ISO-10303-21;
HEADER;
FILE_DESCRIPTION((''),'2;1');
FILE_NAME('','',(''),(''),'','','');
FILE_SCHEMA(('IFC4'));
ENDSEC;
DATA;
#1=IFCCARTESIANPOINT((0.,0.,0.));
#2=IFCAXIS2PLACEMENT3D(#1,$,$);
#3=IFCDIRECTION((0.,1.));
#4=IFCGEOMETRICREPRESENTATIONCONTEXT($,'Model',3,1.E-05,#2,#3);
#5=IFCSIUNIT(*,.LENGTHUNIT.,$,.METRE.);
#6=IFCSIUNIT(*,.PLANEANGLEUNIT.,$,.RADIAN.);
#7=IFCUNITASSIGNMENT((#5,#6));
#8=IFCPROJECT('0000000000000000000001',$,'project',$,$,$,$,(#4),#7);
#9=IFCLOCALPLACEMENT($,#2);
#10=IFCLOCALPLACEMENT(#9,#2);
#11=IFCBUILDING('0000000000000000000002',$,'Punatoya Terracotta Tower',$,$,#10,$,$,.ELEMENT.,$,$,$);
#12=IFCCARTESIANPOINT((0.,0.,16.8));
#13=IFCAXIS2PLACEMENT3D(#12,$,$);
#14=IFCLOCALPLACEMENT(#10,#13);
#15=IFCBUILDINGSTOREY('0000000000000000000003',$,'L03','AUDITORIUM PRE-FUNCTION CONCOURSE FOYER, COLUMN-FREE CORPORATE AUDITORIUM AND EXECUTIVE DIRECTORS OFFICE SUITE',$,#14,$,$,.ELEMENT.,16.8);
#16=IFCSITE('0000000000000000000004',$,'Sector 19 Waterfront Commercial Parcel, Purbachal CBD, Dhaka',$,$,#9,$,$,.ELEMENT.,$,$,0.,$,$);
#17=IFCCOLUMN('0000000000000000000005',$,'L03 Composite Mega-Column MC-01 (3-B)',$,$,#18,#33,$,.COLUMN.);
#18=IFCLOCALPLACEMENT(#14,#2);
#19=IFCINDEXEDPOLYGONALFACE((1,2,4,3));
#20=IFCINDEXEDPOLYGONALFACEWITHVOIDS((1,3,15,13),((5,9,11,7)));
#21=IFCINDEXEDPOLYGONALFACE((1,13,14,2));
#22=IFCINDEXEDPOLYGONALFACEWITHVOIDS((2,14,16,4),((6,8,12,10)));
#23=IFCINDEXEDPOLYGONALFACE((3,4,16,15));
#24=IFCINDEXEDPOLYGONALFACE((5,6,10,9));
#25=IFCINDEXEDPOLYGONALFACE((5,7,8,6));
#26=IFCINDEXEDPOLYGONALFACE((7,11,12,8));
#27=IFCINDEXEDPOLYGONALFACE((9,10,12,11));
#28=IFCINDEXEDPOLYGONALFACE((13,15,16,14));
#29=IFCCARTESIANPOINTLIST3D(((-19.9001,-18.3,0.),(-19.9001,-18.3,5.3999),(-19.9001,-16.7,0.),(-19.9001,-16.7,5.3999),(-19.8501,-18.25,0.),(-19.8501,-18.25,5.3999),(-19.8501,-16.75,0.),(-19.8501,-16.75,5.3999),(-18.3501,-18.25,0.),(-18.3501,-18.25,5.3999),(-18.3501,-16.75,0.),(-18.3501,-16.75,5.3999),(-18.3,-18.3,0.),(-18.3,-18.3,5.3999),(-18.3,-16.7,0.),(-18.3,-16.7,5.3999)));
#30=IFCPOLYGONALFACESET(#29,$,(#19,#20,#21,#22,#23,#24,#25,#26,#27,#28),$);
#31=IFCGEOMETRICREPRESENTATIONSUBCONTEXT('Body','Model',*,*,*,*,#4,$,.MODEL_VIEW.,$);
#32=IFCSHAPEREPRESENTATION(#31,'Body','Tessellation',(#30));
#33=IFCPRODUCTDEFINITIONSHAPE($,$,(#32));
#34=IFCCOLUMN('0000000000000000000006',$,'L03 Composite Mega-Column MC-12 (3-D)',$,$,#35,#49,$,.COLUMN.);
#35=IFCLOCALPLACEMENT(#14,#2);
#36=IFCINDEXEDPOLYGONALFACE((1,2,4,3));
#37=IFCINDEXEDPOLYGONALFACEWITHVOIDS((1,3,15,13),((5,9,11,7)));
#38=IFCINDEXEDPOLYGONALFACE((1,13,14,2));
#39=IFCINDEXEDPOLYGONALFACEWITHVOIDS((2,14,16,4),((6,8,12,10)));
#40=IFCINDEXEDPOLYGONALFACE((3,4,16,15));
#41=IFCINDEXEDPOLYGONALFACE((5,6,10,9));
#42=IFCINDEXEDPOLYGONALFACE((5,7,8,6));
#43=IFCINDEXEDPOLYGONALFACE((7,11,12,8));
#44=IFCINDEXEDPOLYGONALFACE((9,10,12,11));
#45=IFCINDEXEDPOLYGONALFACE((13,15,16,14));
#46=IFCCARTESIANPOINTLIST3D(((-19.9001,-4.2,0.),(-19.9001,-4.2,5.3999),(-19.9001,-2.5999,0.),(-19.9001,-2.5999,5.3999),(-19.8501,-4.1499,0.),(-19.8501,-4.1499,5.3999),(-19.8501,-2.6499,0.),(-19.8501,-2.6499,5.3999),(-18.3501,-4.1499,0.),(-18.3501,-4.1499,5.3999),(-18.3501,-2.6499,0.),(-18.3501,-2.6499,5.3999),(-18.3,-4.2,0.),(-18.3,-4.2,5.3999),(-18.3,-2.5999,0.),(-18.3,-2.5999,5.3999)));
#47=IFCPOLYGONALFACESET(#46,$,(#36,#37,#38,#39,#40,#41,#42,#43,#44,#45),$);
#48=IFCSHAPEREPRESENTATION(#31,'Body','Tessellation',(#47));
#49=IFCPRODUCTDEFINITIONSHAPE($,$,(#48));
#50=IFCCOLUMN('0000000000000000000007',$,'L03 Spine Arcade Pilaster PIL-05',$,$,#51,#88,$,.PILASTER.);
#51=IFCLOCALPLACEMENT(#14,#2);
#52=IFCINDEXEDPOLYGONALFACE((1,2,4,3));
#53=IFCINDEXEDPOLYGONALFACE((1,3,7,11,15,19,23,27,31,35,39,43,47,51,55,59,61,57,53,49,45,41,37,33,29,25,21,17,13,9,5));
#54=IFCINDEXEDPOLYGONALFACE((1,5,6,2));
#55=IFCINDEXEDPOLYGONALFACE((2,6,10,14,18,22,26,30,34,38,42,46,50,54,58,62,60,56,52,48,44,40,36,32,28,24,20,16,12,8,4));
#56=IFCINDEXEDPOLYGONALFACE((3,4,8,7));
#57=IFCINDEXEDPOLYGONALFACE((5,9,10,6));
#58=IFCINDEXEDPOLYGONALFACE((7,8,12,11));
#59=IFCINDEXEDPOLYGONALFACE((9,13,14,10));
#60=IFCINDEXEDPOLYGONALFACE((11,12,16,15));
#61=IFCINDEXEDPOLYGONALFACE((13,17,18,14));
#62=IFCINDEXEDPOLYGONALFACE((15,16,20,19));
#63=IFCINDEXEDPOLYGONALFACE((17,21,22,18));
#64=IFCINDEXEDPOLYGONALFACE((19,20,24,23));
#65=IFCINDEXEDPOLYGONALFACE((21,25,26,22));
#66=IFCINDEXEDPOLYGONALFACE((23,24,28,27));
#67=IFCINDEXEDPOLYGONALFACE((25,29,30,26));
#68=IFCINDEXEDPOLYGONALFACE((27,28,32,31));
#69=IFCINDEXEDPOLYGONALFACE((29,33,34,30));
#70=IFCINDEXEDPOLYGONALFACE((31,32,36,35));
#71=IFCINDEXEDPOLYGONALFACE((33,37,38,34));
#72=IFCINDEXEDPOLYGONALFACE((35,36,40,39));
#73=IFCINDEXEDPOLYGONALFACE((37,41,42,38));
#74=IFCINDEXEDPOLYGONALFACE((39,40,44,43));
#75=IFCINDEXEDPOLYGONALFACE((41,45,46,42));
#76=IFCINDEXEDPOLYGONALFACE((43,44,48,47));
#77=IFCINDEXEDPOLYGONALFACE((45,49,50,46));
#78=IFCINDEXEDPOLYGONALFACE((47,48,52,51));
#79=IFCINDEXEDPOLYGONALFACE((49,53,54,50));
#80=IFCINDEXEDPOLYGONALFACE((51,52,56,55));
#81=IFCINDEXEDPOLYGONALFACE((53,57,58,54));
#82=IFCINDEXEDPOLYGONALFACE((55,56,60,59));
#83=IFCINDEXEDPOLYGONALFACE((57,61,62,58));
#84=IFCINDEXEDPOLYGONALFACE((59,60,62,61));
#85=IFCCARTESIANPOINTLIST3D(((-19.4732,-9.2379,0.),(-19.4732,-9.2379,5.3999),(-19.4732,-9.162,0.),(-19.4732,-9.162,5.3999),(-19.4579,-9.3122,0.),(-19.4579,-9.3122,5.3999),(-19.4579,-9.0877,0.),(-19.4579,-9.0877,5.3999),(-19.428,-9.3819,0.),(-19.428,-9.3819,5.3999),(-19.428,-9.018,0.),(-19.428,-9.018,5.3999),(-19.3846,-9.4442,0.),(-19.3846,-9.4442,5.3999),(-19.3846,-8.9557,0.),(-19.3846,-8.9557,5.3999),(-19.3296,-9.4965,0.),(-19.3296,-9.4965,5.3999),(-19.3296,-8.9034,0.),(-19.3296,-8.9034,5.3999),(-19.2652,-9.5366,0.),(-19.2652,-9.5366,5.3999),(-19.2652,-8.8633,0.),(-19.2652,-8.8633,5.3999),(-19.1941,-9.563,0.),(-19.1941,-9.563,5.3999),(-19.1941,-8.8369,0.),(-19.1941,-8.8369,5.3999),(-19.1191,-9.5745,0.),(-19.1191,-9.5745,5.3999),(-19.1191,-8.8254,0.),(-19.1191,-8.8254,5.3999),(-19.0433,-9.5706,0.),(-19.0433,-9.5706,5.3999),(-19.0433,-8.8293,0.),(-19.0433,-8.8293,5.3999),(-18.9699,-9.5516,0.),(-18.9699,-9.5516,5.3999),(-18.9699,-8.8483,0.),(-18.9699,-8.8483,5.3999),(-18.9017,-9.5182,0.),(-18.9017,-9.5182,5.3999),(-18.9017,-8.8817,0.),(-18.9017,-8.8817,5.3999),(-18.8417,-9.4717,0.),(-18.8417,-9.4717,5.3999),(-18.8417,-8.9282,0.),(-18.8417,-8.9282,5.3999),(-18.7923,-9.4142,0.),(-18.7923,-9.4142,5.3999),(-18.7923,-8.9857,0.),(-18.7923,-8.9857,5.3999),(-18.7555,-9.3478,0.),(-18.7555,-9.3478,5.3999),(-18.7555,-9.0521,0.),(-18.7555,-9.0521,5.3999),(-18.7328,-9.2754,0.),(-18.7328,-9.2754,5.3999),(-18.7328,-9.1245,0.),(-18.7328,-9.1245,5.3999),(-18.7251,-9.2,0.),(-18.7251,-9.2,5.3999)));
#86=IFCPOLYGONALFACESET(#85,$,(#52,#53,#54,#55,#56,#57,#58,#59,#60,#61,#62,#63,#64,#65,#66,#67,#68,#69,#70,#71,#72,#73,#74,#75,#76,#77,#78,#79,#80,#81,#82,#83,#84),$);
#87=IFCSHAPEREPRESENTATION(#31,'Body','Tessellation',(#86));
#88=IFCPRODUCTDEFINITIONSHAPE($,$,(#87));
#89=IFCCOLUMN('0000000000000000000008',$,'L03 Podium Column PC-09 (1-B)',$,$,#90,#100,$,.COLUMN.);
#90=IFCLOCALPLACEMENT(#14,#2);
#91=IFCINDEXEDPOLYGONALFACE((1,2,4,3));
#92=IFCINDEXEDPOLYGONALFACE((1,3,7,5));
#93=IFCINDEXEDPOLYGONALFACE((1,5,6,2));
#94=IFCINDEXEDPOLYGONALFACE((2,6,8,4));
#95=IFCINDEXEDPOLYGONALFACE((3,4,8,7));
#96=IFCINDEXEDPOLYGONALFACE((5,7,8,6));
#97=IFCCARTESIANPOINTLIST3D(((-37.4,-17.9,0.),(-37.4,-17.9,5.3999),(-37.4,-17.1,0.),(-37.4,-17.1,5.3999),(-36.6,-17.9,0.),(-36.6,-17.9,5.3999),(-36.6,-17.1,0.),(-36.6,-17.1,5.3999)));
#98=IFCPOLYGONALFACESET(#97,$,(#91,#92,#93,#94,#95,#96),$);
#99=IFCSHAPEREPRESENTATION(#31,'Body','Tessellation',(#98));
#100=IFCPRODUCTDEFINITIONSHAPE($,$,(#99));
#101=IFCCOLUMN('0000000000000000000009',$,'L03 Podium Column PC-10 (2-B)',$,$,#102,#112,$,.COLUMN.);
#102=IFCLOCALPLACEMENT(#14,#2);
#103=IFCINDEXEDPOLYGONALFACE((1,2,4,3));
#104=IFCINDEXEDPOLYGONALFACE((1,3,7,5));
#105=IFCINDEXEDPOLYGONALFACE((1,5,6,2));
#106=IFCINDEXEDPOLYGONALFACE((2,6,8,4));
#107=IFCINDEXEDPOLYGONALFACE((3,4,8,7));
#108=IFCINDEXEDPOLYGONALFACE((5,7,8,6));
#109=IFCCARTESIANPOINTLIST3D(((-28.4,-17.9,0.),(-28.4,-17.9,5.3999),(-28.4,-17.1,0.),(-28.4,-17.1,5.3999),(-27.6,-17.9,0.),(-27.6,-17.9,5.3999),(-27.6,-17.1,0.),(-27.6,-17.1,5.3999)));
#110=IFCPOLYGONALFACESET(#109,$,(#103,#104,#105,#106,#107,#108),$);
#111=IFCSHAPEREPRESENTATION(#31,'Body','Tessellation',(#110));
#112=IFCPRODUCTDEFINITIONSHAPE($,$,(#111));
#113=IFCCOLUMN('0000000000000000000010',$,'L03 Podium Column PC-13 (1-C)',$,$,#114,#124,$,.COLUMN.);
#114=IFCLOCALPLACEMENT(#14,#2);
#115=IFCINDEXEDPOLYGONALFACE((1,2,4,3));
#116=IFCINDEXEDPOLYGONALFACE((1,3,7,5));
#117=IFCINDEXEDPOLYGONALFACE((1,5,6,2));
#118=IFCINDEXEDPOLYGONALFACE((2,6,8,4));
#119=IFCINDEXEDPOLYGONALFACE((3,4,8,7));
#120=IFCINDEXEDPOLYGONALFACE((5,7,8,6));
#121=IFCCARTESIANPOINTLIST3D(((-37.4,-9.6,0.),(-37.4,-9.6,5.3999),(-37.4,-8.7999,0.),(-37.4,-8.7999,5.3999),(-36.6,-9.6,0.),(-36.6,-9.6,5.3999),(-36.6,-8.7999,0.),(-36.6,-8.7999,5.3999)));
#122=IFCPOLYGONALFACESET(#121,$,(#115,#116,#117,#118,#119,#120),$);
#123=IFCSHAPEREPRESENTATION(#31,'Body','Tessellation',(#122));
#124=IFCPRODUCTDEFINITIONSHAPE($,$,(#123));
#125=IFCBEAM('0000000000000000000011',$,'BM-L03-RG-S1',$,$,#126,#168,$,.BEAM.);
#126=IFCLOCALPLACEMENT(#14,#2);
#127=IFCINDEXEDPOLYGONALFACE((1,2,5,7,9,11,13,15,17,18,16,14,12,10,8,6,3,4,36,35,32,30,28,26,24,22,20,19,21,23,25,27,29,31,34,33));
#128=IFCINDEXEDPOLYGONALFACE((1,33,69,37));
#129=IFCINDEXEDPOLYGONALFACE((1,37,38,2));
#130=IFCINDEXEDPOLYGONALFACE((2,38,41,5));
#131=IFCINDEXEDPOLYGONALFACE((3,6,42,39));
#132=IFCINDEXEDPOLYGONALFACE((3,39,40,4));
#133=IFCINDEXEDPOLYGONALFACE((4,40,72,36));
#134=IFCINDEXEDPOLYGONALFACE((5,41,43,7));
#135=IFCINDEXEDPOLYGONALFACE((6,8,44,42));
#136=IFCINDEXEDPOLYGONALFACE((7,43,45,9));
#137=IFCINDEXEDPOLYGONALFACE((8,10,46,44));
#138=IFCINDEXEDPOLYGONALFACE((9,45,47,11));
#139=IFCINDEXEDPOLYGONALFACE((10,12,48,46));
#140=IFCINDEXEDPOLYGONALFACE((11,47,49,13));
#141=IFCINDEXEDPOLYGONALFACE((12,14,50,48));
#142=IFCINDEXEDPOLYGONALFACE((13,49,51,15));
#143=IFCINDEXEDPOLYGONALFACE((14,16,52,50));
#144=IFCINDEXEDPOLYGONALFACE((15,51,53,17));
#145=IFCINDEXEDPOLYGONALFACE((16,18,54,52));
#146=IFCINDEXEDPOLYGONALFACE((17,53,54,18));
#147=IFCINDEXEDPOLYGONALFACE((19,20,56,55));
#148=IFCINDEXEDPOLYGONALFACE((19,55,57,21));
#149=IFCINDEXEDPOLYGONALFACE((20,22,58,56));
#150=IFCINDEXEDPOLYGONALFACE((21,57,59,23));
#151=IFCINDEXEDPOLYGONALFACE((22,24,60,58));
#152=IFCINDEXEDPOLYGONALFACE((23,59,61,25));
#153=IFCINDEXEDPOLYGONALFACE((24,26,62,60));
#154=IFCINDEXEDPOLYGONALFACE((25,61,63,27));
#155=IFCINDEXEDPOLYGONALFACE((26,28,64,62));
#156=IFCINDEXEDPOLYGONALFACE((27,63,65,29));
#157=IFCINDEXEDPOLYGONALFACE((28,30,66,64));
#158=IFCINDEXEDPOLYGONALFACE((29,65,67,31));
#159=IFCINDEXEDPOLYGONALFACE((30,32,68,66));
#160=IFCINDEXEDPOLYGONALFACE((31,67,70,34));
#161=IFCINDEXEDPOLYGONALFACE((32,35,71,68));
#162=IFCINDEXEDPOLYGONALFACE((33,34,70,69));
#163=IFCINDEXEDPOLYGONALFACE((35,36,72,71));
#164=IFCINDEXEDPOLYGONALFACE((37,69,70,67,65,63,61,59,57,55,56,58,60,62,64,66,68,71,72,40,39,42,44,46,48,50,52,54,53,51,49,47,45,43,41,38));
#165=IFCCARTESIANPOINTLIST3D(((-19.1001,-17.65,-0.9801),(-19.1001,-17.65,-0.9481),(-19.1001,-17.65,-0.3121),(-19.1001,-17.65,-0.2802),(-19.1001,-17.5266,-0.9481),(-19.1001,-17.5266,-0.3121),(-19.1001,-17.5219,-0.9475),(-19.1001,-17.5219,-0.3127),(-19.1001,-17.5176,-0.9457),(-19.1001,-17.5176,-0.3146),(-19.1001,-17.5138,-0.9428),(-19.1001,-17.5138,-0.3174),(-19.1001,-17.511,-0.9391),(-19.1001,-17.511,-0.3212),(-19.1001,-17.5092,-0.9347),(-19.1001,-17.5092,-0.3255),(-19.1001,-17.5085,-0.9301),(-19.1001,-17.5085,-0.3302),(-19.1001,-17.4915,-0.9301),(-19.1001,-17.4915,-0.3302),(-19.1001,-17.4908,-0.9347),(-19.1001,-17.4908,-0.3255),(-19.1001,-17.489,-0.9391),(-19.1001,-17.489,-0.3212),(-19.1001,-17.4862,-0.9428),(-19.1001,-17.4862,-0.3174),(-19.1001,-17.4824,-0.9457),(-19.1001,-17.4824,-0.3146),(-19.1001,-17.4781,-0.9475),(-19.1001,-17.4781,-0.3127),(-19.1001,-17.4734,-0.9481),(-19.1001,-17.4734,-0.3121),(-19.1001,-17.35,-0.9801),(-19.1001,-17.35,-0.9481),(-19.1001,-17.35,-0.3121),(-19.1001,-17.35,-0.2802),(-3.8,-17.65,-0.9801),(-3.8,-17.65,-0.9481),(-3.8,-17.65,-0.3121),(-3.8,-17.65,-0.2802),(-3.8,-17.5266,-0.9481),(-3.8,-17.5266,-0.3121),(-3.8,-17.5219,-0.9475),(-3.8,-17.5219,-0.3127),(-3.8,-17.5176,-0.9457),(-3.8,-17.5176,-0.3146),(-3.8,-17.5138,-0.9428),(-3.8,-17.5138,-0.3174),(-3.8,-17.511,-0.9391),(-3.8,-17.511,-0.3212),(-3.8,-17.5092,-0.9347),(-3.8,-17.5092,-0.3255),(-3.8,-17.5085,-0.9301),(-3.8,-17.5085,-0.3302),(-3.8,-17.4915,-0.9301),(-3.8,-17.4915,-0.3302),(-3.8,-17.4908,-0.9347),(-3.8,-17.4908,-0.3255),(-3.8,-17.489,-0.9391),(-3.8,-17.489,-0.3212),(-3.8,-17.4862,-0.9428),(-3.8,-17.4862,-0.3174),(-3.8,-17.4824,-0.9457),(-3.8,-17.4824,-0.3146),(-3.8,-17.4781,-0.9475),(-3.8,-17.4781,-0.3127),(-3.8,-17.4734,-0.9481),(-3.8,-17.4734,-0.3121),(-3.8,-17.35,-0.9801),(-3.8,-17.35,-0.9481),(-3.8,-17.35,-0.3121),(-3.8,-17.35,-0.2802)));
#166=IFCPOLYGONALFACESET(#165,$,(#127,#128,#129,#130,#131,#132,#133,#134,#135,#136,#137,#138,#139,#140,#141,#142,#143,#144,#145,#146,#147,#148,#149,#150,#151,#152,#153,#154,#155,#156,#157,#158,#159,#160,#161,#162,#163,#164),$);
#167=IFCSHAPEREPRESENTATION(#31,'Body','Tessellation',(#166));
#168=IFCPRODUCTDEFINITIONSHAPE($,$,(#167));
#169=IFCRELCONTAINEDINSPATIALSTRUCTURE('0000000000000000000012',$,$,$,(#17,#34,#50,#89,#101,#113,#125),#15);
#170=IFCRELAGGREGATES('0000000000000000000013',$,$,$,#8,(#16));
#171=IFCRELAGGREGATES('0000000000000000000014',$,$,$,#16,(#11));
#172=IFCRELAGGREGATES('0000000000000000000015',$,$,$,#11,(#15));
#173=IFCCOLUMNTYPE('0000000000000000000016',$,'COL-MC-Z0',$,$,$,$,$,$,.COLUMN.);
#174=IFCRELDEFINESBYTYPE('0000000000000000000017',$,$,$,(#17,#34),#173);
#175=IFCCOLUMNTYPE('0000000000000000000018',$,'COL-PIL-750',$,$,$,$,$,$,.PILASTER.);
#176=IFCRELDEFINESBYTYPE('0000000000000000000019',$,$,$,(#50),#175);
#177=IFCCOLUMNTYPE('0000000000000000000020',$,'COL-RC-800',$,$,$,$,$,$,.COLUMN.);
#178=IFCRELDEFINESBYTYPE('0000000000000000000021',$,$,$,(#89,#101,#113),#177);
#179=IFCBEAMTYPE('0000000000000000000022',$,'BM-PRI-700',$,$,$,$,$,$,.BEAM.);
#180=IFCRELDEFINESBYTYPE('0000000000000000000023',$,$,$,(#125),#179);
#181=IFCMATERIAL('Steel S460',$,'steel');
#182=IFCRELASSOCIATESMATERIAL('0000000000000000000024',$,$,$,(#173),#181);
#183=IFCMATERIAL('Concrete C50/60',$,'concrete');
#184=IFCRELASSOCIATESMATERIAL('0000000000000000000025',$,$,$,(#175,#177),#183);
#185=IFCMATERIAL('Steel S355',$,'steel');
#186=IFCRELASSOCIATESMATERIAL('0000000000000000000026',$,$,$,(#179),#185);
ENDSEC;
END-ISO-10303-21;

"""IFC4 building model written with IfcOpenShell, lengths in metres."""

from ifc_helpers import new_model, si_unit, direction, frame, origin, origin_2d, place, context, subcontext, project, spatial, rectangle, hollow_rectangle, circle, i_section, extrude, material, material_profile, profile_set, type_object, element, save


model = new_model("IFC4")

# Units and contexts
model_context = context("Model", 3, precision=1e-05, world=origin(), true_north=direction((0.0, 1.0)))
body_context = subcontext(model_context, "Body", "Model", "MODEL_VIEW")
ifc_project = project(units=[si_unit("LENGTHUNIT", "METRE"), si_unit("PLANEANGLEUNIT", "RADIAN")], contexts=[model_context])

# Site, building, storey
site_placement = place(None, origin())
site = spatial("IfcSite", under=ifc_project, at=site_placement, Name="Sector 19 Waterfront Commercial Parcel, Purbachal CBD, Dhaka", CompositionType="ELEMENT", RefElevation=0.0)
building_placement = place(site_placement, origin())
building = spatial("IfcBuilding", under=site, at=building_placement, Name="Punatoya Terracotta Tower", CompositionType="ELEMENT")
storey_placement = place(building_placement, frame((0.0, 0.0, 16.8)))
storey = spatial("IfcBuildingStorey", under=building, at=storey_placement, Name="L03", Description="AUDITORIUM PRE-FUNCTION CONCOURSE FOYER, COLUMN-FREE CORPORATE AUDITORIUM AND EXECUTIVE DIRECTORS OFFICE SUITE", CompositionType="ELEMENT", Elevation=16.8)

# Columns
ifc_material_1 = material(Name="Steel S460", Category="steel")
ifc_material_profile_1 = material_profile(ifc_material_1, hollow_rectangle(XDim=1.6001, YDim=1.6001, WallThickness=0.05, at=origin_2d()))
ifc_profile_set_1 = profile_set([ifc_material_profile_1], Name="Steel S460")
column_type_1 = type_object("IfcColumnType", Name="COL-MC-Z0", PredefinedType="COLUMN", material=ifc_profile_set_1)
for number, where, z_axis, x_axis, name in (
    (1, (-19.1001, -17.5, 0.0), (0.0, 0.0, 1.0), (1.0, 0.0, 0.0), "L03 Composite Mega-Column MC-01 (3-B)"),
    (2, (-19.1001, -3.3999, 0.0), (0.0, 0.0, 1.0), (1.0, 0.0, 0.0), "L03 Composite Mega-Column MC-12 (3-D)"),
):
    element("IfcColumn", number, at=place(storey_placement, frame(where, z_axis=z_axis, x_axis=x_axis)), inside=storey, type_object=column_type_1, Name=name, PredefinedType="COLUMN", context=body_context, shape_type="SweptSolid", body=[
        extrude(hollow_rectangle(XDim=1.6001, YDim=1.6001, WallThickness=0.05, at=origin_2d()), origin(), (0.0, 0.0, 1.0), 5.3999),
    ])
ifc_material_2 = material(Name="Concrete C50/60", Category="concrete")
ifc_material_profile_2 = material_profile(ifc_material_2, circle(Radius=0.375, at=origin_2d()))
ifc_profile_set_2 = profile_set([ifc_material_profile_2], Name="Concrete C50/60")
column_type_2 = type_object("IfcColumnType", Name="COL-PIL-750", PredefinedType="PILASTER", material=ifc_profile_set_2)
column_placement = place(storey_placement, frame((-19.1001, -9.2, 0.0), z_axis=(0.0, 0.0, 1.0), x_axis=(1.0, 0.0, 0.0)))
element("IfcColumn", 3, at=column_placement, inside=storey, type_object=column_type_2, Name="L03 Spine Arcade Pilaster PIL-05", PredefinedType="PILASTER", context=body_context, shape_type="SweptSolid", body=[
    extrude(circle(Radius=0.375, at=origin_2d()), origin(), (0.0, 0.0, 1.0), 5.3999),
])
ifc_material_profile_3 = material_profile(ifc_material_2, rectangle(XDim=0.8, YDim=0.8, at=origin_2d()))
ifc_profile_set_3 = profile_set([ifc_material_profile_3], Name="Concrete C50/60")
column_type_3 = type_object("IfcColumnType", Name="COL-RC-800", PredefinedType="COLUMN", material=ifc_profile_set_3)
for number, where, z_axis, x_axis, name in (
    (4, (-37.0, -17.5, 0.0), (0.0, 0.0, 1.0), (1.0, 0.0, 0.0), "L03 Podium Column PC-09 (1-B)"),
    (5, (-28.0, -17.5, 0.0), (0.0, 0.0, 1.0), (1.0, 0.0, 0.0), "L03 Podium Column PC-10 (2-B)"),
    (6, (-37.0, -9.2, 0.0), (0.0, 0.0, 1.0), (1.0, 0.0, 0.0), "L03 Podium Column PC-13 (1-C)"),
):
    element("IfcColumn", number, at=place(storey_placement, frame(where, z_axis=z_axis, x_axis=x_axis)), inside=storey, type_object=column_type_3, Name=name, PredefinedType="COLUMN", context=body_context, shape_type="SweptSolid", body=[
        extrude(rectangle(XDim=0.8, YDim=0.8, at=origin_2d()), origin(), (0.0, 0.0, 1.0), 5.3999),
    ])

# Beam
ifc_material_3 = material(Name="Steel S355", Category="steel")
ifc_material_profile_4 = material_profile(ifc_material_3, i_section(OverallWidth=0.3, OverallDepth=0.7, WebThickness=0.0171, FlangeThickness=0.032, FilletRadius=0.0181, at=origin_2d()))
ifc_profile_set_4 = profile_set([ifc_material_profile_4], Name="Steel S355")
beam_type_1 = type_object("IfcBeamType", Name="BM-PRI-700", PredefinedType="BEAM", material=ifc_profile_set_4)
beam_1_placement = place(storey_placement, frame((-19.1001, -17.5, -0.6301), z_axis=(1.0, 0.0, 0.0), x_axis=(0.0, 1.0, 0.0)))
element("IfcBeam", 7, at=beam_1_placement, inside=storey, type_object=beam_type_1, Name="BM-L03-RG-S1", PredefinedType="BEAM", context=body_context, shape_type="SweptSolid", body=[
    extrude(i_section(OverallWidth=0.3, OverallDepth=0.7, WebThickness=0.0171, FlangeThickness=0.032, FilletRadius=0.0181, at=origin_2d()), origin(), (0.0, 0.0, 1.0), 15.3),
])

save(model, "model.ifc")
